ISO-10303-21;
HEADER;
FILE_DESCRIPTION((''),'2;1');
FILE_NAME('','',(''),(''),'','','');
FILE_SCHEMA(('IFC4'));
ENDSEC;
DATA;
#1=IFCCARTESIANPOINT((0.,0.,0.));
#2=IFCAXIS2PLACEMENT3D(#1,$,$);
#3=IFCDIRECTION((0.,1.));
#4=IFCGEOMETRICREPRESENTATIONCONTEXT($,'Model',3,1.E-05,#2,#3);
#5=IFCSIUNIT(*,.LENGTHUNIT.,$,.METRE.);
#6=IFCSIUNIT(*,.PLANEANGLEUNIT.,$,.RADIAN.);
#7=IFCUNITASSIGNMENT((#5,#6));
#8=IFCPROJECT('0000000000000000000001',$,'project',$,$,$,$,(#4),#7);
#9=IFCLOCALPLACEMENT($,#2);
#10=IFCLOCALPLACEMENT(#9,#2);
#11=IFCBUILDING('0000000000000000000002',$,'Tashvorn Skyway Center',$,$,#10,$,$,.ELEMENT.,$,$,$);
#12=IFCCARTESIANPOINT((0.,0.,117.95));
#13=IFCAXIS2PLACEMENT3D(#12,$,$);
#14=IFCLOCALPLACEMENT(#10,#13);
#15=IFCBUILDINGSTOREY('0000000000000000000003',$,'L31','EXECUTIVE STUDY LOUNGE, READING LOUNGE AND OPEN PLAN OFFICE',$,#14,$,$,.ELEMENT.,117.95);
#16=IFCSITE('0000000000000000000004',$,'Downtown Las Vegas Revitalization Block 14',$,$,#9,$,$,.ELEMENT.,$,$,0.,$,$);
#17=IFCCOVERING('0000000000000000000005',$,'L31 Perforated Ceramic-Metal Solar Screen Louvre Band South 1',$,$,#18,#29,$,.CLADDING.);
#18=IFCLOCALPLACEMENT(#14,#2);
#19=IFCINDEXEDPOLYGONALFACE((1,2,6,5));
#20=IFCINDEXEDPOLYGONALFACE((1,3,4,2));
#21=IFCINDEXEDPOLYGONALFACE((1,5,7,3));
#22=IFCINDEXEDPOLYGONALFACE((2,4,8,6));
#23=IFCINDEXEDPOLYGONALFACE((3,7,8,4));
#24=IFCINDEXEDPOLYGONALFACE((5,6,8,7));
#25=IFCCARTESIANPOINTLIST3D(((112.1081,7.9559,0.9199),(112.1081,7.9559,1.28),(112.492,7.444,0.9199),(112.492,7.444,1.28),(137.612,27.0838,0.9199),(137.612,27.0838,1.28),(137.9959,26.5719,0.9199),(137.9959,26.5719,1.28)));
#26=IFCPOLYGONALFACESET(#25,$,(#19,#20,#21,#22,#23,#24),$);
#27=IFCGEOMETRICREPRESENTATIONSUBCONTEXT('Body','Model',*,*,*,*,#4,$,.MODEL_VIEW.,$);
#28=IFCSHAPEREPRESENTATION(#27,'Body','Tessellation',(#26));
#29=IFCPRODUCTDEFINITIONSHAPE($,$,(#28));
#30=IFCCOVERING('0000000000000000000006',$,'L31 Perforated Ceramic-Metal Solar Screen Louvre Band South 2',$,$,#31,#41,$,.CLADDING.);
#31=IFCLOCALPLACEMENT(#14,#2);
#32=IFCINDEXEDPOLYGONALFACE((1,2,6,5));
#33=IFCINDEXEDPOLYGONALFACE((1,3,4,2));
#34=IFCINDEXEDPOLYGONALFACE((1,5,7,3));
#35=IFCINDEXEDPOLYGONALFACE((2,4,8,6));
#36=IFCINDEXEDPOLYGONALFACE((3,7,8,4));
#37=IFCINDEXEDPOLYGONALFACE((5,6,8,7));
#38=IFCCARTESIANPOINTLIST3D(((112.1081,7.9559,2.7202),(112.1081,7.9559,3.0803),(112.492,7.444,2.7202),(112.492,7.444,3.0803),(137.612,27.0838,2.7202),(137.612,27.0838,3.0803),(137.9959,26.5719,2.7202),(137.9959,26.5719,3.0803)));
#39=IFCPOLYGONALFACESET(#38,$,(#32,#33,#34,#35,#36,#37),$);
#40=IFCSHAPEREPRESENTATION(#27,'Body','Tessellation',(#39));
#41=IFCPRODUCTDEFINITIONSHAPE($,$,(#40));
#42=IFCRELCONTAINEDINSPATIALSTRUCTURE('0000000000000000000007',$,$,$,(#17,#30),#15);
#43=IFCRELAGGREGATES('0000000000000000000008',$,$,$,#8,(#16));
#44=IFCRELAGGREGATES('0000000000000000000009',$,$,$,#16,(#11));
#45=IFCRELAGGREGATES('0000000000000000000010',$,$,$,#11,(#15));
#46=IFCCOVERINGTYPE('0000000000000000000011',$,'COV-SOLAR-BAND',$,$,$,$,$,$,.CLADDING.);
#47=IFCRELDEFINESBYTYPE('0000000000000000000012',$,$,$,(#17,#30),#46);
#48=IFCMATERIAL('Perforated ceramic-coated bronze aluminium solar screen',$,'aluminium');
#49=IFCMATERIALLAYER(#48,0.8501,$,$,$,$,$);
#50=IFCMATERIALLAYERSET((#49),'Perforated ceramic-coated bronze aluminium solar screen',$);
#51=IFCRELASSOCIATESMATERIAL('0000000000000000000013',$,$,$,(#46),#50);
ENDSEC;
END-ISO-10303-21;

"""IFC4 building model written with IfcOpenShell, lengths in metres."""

from ifc_helpers import new_model, si_unit, direction, frame, origin, origin_2d, place, context, subcontext, project, spatial, rectangle, extrude, material, layer, layer_set, type_object, element, save


model = new_model("IFC4")

# Units and contexts
model_context = context("Model", 3, precision=1e-05, world=origin(), true_north=direction((0.0, 1.0)))
body_context = subcontext(model_context, "Body", "Model", "MODEL_VIEW")
ifc_project = project(units=[si_unit("LENGTHUNIT", "METRE"), si_unit("PLANEANGLEUNIT", "RADIAN")], contexts=[model_context])

# Site, building, storey
site_placement = place(None, origin())
site = spatial("IfcSite", under=ifc_project, at=site_placement, Name="Downtown Las Vegas Revitalization Block 14", CompositionType="ELEMENT", RefElevation=0.0)
building_placement = place(site_placement, origin())
building = spatial("IfcBuilding", under=site, at=building_placement, Name="Tashvorn Skyway Center", CompositionType="ELEMENT")
storey_placement = place(building_placement, frame((0.0, 0.0, 117.95)))
storey = spatial("IfcBuildingStorey", under=building, at=storey_placement, Name="L31", Description="EXECUTIVE STUDY LOUNGE, READING LOUNGE AND OPEN PLAN OFFICE", CompositionType="ELEMENT", Elevation=117.95)

# Coverings
ifc_material_1 = material(Name="Perforated ceramic-coated bronze aluminium solar screen", Category="aluminium")
ifc_layer_1 = layer(ifc_material_1, 0.8501)
ifc_layer_set_1 = layer_set([ifc_layer_1], Name="Perforated ceramic-coated bronze aluminium solar screen")
covering_type_1 = type_object("IfcCoveringType", Name="COV-SOLAR-BAND", PredefinedType="CLADDING", material=ifc_layer_set_1)
for number, where, z_axis, x_axis, name in (
    (1, (125.052, 17.2639, 0.9199), (0.0, 0.0, 1.0), (-0.8, -0.6, 0.0), "L31 Perforated Ceramic-Metal Solar Screen Louvre Band South 1"),
    (2, (125.052, 17.2639, 2.7202), (0.0, 0.0, 1.0), (-0.8, -0.6, 0.0), "L31 Perforated Ceramic-Metal Solar Screen Louvre Band South 2"),
):
    element("IfcCovering", number, at=place(storey_placement, frame(where, z_axis=z_axis, x_axis=x_axis)), inside=storey, type_object=covering_type_1, Name=name, PredefinedType="CLADDING", context=body_context, shape_type="SweptSolid", body=[
        extrude(rectangle(XDim=31.8799, YDim=0.6399, at=origin_2d()), origin(), (0.0, 0.0, 1.0), 0.3601),
    ])

save(model, "model.ifc")
